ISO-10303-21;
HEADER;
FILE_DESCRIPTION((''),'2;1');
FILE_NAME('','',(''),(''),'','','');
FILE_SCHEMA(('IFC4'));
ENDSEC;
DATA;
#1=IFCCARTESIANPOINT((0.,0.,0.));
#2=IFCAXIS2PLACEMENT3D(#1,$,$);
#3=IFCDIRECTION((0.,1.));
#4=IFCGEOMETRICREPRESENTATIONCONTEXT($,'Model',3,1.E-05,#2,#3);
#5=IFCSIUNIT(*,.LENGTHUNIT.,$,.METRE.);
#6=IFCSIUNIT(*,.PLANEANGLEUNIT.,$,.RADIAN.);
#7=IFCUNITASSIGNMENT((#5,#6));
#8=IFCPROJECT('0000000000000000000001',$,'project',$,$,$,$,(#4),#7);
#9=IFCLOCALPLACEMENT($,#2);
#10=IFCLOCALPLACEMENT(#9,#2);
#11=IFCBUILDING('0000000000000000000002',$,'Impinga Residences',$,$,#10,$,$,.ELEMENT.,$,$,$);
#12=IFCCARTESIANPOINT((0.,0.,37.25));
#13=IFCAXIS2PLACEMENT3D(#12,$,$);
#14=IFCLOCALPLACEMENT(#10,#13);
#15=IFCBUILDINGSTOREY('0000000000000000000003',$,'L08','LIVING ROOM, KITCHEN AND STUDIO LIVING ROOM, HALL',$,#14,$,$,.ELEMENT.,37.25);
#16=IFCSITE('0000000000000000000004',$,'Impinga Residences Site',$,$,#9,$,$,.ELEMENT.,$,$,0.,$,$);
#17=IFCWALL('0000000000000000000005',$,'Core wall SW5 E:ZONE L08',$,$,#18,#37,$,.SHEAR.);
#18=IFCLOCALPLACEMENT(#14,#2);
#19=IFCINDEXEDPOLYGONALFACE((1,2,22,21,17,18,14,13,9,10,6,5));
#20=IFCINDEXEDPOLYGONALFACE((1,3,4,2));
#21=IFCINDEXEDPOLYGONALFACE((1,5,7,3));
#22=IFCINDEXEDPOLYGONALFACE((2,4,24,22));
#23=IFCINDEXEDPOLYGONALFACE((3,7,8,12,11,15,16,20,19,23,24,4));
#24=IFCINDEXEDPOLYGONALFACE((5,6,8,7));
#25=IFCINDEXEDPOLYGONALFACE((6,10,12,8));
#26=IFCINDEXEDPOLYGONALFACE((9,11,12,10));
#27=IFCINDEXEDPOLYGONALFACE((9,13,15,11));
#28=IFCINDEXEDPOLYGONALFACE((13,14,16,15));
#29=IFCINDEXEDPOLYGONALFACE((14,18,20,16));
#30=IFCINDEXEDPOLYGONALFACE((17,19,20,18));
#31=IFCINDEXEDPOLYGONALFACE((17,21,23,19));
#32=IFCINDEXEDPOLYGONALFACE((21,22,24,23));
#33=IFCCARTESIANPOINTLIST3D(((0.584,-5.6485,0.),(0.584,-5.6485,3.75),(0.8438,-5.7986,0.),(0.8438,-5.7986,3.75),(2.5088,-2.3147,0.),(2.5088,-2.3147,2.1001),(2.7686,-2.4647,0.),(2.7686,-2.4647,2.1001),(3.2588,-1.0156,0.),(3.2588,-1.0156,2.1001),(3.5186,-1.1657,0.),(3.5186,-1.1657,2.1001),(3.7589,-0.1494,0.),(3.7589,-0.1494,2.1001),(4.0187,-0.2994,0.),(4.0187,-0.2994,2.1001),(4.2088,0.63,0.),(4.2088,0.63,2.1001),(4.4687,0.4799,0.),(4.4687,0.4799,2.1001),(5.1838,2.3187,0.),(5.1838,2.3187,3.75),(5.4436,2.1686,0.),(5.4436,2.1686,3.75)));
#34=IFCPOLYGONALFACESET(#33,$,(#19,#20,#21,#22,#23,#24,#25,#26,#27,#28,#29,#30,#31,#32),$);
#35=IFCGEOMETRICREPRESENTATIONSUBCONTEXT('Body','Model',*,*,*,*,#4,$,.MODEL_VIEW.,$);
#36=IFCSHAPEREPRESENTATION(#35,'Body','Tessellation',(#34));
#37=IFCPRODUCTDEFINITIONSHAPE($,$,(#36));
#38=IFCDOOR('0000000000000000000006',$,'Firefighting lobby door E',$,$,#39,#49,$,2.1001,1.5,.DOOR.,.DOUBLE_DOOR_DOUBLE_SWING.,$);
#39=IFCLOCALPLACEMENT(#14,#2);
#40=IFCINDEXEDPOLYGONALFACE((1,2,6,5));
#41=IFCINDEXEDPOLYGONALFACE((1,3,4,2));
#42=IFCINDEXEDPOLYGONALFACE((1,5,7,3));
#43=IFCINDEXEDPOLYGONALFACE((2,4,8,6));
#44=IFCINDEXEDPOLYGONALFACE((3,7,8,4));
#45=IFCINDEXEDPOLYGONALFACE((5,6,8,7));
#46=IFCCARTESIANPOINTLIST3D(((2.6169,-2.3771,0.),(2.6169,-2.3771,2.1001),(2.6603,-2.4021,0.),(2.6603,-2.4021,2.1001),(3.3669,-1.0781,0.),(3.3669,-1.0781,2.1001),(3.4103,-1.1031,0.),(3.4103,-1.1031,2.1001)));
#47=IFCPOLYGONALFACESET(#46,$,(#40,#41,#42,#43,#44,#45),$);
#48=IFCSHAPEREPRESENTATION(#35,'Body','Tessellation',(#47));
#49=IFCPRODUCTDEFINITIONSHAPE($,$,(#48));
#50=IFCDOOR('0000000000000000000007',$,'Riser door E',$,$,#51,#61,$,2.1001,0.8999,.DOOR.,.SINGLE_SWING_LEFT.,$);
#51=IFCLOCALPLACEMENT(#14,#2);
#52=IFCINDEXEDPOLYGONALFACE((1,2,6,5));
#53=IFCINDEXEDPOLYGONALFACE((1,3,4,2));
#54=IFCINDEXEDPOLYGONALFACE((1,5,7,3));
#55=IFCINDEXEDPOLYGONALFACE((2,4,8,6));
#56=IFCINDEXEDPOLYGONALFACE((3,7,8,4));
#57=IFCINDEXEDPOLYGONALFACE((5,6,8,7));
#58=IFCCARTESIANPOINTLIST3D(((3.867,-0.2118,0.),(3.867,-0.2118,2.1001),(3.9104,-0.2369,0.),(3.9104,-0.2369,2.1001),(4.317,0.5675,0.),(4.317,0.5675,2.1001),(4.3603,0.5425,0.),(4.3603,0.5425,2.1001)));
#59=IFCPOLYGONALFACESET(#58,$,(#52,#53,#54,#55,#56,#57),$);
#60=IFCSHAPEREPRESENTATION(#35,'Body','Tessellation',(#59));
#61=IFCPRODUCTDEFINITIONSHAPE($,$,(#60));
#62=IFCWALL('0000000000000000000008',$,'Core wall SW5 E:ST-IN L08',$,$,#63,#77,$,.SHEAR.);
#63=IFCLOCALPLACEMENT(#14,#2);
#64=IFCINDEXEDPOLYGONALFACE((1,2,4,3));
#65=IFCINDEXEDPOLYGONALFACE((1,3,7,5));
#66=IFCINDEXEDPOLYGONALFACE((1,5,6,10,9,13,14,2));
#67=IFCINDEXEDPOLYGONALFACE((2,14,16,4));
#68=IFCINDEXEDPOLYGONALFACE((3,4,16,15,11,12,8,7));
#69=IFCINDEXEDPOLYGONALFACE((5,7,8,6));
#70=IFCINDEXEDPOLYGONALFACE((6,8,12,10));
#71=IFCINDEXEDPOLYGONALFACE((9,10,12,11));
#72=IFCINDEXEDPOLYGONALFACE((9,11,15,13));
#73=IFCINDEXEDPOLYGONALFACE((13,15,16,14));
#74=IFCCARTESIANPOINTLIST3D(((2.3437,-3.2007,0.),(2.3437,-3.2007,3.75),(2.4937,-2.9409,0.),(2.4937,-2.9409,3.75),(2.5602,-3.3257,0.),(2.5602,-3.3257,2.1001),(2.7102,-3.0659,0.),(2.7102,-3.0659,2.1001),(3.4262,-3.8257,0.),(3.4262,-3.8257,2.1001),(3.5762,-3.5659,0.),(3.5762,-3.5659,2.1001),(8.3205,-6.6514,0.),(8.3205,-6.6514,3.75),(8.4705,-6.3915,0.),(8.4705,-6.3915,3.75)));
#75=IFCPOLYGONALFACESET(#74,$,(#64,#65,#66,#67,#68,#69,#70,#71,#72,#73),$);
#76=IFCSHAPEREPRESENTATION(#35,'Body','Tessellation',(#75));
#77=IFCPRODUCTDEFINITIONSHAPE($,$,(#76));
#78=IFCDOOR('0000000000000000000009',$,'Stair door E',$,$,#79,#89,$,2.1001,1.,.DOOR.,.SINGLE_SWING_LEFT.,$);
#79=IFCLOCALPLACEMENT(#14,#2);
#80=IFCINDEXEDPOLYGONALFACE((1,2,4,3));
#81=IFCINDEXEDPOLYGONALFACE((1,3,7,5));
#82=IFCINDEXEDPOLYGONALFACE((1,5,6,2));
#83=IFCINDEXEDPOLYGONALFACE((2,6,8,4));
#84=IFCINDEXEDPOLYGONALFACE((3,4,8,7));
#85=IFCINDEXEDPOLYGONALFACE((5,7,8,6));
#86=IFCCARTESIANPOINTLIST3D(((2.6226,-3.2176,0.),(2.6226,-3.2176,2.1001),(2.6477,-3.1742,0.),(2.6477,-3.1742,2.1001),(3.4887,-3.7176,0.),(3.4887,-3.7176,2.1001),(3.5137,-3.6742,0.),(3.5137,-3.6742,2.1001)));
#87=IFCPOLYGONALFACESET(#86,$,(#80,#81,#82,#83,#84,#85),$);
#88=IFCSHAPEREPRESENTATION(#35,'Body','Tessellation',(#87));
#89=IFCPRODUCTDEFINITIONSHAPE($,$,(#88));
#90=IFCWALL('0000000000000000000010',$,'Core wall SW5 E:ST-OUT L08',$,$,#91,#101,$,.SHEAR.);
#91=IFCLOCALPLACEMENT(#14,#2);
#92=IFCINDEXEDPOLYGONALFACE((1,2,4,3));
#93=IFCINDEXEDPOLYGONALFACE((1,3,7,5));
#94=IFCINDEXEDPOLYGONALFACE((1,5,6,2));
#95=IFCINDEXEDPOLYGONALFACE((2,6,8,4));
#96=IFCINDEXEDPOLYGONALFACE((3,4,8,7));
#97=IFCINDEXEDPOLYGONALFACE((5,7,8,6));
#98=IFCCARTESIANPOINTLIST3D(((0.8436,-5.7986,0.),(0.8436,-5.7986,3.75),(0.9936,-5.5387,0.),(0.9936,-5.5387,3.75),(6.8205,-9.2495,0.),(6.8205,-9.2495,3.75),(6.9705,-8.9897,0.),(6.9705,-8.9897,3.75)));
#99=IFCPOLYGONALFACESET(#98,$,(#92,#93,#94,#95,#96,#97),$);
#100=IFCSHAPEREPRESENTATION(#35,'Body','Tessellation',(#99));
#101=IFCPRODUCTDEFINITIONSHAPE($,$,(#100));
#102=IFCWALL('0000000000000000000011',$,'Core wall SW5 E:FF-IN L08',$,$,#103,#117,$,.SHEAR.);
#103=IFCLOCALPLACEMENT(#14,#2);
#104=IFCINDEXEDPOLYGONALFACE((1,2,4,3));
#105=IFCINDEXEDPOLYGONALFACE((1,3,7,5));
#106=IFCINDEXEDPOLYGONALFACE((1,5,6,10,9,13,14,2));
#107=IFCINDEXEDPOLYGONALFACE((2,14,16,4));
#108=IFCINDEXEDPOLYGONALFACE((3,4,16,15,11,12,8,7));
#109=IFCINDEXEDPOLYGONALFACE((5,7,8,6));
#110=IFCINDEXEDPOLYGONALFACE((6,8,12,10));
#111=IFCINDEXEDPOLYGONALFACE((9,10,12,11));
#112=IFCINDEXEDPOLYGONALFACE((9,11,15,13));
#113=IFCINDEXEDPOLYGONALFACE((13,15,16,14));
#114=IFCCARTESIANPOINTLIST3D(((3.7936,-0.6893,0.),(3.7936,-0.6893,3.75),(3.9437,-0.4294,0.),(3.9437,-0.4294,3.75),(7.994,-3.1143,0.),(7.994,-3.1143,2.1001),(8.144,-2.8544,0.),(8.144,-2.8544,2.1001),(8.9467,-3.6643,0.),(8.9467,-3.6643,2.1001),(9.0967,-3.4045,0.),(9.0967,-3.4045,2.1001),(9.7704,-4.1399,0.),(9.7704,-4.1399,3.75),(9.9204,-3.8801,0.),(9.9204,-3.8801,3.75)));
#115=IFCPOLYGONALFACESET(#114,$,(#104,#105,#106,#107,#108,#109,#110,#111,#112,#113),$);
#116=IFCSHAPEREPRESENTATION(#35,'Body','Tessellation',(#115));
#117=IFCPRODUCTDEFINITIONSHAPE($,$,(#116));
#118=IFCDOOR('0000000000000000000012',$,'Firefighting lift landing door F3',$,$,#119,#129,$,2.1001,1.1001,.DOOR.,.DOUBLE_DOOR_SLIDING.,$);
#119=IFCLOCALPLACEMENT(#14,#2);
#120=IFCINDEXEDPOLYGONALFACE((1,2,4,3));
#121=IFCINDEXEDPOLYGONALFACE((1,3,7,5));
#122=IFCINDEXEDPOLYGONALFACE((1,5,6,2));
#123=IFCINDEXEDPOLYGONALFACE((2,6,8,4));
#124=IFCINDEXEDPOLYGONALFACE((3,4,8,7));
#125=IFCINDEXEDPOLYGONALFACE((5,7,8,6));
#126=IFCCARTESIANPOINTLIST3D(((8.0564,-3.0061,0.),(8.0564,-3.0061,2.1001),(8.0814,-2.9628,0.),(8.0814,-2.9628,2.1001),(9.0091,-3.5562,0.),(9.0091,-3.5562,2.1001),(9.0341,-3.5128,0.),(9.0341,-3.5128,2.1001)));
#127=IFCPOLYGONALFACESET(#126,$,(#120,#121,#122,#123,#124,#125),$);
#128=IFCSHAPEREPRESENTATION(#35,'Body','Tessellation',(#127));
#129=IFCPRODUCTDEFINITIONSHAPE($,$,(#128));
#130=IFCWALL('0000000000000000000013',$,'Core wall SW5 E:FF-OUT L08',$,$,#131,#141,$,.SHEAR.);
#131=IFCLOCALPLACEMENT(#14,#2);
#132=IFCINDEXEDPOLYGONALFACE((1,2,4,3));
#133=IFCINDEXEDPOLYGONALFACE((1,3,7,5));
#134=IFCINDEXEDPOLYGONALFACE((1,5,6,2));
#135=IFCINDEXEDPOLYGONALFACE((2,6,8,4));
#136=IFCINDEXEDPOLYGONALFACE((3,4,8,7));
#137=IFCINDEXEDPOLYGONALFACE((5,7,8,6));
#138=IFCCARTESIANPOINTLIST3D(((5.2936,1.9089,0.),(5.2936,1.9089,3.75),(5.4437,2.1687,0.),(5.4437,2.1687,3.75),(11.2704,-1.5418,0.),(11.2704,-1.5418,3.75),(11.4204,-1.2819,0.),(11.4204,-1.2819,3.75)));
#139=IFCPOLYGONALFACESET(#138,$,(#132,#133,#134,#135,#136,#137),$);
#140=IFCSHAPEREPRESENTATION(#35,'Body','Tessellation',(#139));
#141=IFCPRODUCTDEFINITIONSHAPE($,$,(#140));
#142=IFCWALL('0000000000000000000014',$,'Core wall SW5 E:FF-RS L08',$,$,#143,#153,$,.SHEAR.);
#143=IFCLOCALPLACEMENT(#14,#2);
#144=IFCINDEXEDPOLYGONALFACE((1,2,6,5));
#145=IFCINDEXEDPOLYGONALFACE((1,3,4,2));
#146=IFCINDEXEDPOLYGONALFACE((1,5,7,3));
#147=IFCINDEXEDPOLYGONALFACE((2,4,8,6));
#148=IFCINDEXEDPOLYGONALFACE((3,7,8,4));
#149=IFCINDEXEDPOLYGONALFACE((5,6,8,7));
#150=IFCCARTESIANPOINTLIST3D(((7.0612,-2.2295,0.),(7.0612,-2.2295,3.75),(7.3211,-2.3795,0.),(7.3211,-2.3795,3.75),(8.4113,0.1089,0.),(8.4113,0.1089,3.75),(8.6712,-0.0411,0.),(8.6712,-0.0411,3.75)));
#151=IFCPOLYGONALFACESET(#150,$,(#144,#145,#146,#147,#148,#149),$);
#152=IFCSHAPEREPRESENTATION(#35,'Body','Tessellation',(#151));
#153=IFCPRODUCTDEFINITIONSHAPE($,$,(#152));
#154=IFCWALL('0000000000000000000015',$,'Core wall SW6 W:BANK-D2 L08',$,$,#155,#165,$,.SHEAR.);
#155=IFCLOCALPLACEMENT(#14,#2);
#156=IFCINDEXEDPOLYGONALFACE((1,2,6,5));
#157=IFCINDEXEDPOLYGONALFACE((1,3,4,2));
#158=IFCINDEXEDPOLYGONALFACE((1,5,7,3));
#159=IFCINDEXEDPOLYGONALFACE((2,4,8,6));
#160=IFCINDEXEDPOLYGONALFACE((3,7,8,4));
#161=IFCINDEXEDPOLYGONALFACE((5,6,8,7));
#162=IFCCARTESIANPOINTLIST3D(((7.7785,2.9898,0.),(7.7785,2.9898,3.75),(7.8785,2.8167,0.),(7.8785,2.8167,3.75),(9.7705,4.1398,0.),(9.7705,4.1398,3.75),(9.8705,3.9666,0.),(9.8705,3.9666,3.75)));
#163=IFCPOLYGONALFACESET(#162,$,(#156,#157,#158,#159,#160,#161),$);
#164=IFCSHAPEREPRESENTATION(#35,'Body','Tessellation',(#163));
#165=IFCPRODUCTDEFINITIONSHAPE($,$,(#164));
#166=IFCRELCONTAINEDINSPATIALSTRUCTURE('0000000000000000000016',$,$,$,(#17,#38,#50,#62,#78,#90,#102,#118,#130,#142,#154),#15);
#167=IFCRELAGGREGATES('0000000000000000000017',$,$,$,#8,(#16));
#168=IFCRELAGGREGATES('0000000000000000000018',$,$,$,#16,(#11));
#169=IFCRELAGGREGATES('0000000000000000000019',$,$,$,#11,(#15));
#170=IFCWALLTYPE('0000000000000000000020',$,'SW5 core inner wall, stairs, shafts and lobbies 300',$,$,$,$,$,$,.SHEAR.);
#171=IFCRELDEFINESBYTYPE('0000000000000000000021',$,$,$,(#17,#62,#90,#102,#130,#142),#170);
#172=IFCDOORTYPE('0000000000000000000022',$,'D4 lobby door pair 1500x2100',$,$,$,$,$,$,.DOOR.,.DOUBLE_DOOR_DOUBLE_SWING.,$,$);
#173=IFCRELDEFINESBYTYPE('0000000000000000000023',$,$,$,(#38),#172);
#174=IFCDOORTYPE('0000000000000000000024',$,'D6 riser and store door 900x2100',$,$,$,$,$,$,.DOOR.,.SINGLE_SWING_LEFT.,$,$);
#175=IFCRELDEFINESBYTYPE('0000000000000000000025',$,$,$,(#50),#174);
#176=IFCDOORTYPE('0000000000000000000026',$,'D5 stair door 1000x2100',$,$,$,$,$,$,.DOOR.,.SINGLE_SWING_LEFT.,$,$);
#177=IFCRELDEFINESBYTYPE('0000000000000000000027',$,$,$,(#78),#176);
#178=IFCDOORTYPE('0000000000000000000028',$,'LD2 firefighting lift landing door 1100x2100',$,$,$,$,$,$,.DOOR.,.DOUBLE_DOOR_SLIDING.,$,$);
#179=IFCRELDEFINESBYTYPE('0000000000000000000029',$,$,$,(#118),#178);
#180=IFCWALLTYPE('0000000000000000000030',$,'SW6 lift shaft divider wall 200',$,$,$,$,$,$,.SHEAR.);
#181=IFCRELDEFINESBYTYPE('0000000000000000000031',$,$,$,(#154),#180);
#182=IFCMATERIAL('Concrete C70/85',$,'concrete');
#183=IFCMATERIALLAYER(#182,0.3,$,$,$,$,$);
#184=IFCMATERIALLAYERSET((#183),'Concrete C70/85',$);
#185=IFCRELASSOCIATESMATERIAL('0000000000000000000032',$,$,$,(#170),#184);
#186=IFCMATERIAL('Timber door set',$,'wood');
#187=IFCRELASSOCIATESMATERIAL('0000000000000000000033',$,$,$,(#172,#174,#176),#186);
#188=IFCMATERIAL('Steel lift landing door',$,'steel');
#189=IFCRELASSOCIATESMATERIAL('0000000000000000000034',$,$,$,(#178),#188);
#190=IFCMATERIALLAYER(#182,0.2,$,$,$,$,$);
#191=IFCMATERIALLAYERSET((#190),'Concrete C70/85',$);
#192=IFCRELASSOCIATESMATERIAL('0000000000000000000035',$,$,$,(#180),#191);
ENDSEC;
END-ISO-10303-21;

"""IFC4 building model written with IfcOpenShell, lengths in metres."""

from ifc_helpers import new_model, si_unit, direction, frame, frame_2d, origin, place, context, subcontext, project, spatial, rectangle, extrude, material, layer, layer_set, type_object, element, fill, save


model = new_model("IFC4")

# Units and contexts
model_context = context("Model", 3, precision=1e-05, world=origin(), true_north=direction((0.0, 1.0)))
body_context = subcontext(model_context, "Body", "Model", "MODEL_VIEW")
ifc_project = project(units=[si_unit("LENGTHUNIT", "METRE"), si_unit("PLANEANGLEUNIT", "RADIAN")], contexts=[model_context])

# Site, building, storey
site_placement = place(None, origin())
site = spatial("IfcSite", under=ifc_project, at=site_placement, Name="Impinga Residences Site", CompositionType="ELEMENT", RefElevation=0.0)
building_placement = place(site_placement, origin())
building = spatial("IfcBuilding", under=site, at=building_placement, Name="Impinga Residences", CompositionType="ELEMENT")
storey_placement = place(building_placement, frame((0.0, 0.0, 37.25)))
storey = spatial("IfcBuildingStorey", under=building, at=storey_placement, Name="L08", Description="LIVING ROOM, KITCHEN AND STUDIO LIVING ROOM, HALL", CompositionType="ELEMENT", Elevation=37.25)

# Wall, openings, doors
ifc_material_1 = material(Name="Concrete C70/85", Category="concrete")
ifc_layer_1 = layer(ifc_material_1, 0.3)
ifc_layer_set_1 = layer_set([ifc_layer_1], Name="Concrete C70/85")
wall_type_1 = type_object("IfcWallType", Name="SW5 core inner wall, stairs, shafts and lobbies 300", PredefinedType="SHEAR", material=ifc_layer_set_1)
wall_1_placement = place(storey_placement, frame((5.3137, 2.2437, 0.0), z_axis=(0.0, 0.0, 1.0), x_axis=(-0.499995, -0.866028, 0.0)))
wall_1 = element("IfcWall", 1, at=wall_1_placement, inside=storey, type_object=wall_type_1, Name="Core wall SW5 E:ZONE L08", PredefinedType="SHEAR", context=body_context, shape_type="SweptSolid", body=[
    extrude(rectangle(XDim=9.1997, YDim=0.3, at=frame_2d((4.5999, 0.0))), origin(), (0.0, 0.0, 1.0), 3.75),
])
opening_1_placement = place(wall_1_placement, frame((3.8501, 0.0, 0.0)))
opening_1 = element("IfcOpeningElement", 2, at=opening_1_placement, cuts=wall_1, PredefinedType="OPENING", context=body_context, shape_type="SweptSolid", body=[
    extrude(rectangle(XDim=1.5, YDim=2.1001, at=frame_2d((0.75, 1.05))), frame((0.0, 0.1599, 0.0), z_axis=(0.0, -1.0, 0.0), x_axis=(1.0, 0.0, 0.0)), (0.0, 0.0, 1.0), 0.3201),
])
opening_2_placement = place(wall_1_placement, frame((1.95, 0.0, 0.0)))
opening_2 = element("IfcOpeningElement", 3, at=opening_2_placement, cuts=wall_1, PredefinedType="OPENING", context=body_context, shape_type="SweptSolid", body=[
    extrude(rectangle(XDim=0.8999, YDim=2.1001, at=frame_2d((0.45, 1.05))), frame((0.0, 0.1599, 0.0), z_axis=(0.0, -1.0, 0.0), x_axis=(1.0, 0.0, 0.0)), (0.0, 0.0, 1.0), 0.3201),
])
ifc_material_2 = material(Name="Timber door set", Category="wood")
door_type_1 = type_object("IfcDoorType", Name="D4 lobby door pair 1500x2100", OperationType="DOUBLE_DOOR_DOUBLE_SWING", PredefinedType="DOOR", material=ifc_material_2)
door_1_placement = place(opening_1_placement, origin())
door_1 = element("IfcDoor", 4, at=door_1_placement, inside=storey, type_object=door_type_1, Name="Firefighting lobby door E", OperationType="DOUBLE_DOOR_DOUBLE_SWING", OverallHeight=2.1001, OverallWidth=1.5, PredefinedType="DOOR", context=body_context, shape_type="SweptSolid", body=[
    extrude(rectangle(XDim=1.5, YDim=2.1001, at=frame_2d((0.75, 1.05))), frame((0.0, 0.0249, 0.0), z_axis=(0.0, -1.0, 0.0), x_axis=(1.0, 0.0, 0.0)), (0.0, 0.0, 1.0), 0.05),
])
fill(opening_1, door_1)
door_type_2 = type_object("IfcDoorType", Name="D6 riser and store door 900x2100", OperationType="SINGLE_SWING_LEFT", PredefinedType="DOOR", material=ifc_material_2)
door_2_placement = place(opening_2_placement, origin())
door_2 = element("IfcDoor", 5, at=door_2_placement, inside=storey, type_object=door_type_2, Name="Riser door E", OperationType="SINGLE_SWING_LEFT", OverallHeight=2.1001, OverallWidth=0.8999, PredefinedType="DOOR", context=body_context, shape_type="SweptSolid", body=[
    extrude(rectangle(XDim=0.8999, YDim=2.1001, at=frame_2d((0.45, 1.05))), frame((0.0, 0.0249, 0.0), z_axis=(0.0, -1.0, 0.0), x_axis=(1.0, 0.0, 0.0)), (0.0, 0.0, 1.0), 0.05),
])
fill(opening_2, door_2)

# Wall, opening, door
wall_2_placement = place(storey_placement, frame((2.4187, -3.0708, 0.0), z_axis=(0.0, 0.0, 1.0), x_axis=(0.866027, -0.499997, 0.0)))
wall_2 = element("IfcWall", 6, at=wall_2_placement, inside=storey, type_object=wall_type_1, Name="Core wall SW5 E:ST-IN L08", PredefinedType="SHEAR", context=body_context, shape_type="SweptSolid", body=[
    extrude(rectangle(XDim=6.9014, YDim=0.3, at=frame_2d((3.4507, 0.0))), origin(), (0.0, 0.0, 1.0), 3.75),
])
opening_3_placement = place(wall_2_placement, frame((0.25, 0.0, 0.0)))
opening_3 = element("IfcOpeningElement", 7, at=opening_3_placement, cuts=wall_2, PredefinedType="OPENING", context=body_context, shape_type="SweptSolid", body=[
    extrude(rectangle(XDim=1.0, YDim=2.1001, at=frame_2d((0.5, 1.05))), frame((0.0, 0.1599, 0.0), z_axis=(0.0, -1.0, 0.0), x_axis=(1.0, 0.0, 0.0)), (0.0, 0.0, 1.0), 0.3201),
])
door_type_3 = type_object("IfcDoorType", Name="D5 stair door 1000x2100", OperationType="SINGLE_SWING_LEFT", PredefinedType="DOOR", material=ifc_material_2)
door_3_placement = place(opening_3_placement, origin())
door_3 = element("IfcDoor", 8, at=door_3_placement, inside=storey, type_object=door_type_3, Name="Stair door E", OperationType="SINGLE_SWING_LEFT", OverallHeight=2.1001, OverallWidth=1.0, PredefinedType="DOOR", context=body_context, shape_type="SweptSolid", body=[
    extrude(rectangle(XDim=1.0, YDim=2.1001, at=frame_2d((0.5, 1.05))), frame((0.0, 0.0249, 0.0), z_axis=(0.0, -1.0, 0.0), x_axis=(1.0, 0.0, 0.0)), (0.0, 0.0, 1.0), 0.05),
])
fill(opening_3, door_3)

# Wall
wall_3_placement = place(storey_placement, frame((0.9187, -5.6687, 0.0), z_axis=(0.0, 0.0, 1.0), x_axis=(0.866012, -0.500024, 0.0)))
element("IfcWall", 9, at=wall_3_placement, inside=storey, type_object=wall_type_1, Name="Core wall SW5 E:ST-OUT L08", PredefinedType="SHEAR", context=body_context, shape_type="SweptSolid", body=[
    extrude(rectangle(XDim=6.9016, YDim=0.3, at=frame_2d((3.4507, 0.0))), origin(), (0.0, 0.0, 1.0), 3.75),
])

# Wall, opening, door
wall_4_placement = place(storey_placement, frame((3.8687, -0.5593, 0.0), z_axis=(0.0, 0.0, 1.0), x_axis=(0.866027, -0.499997, 0.0)))
wall_4 = element("IfcWall", 10, at=wall_4_placement, inside=storey, type_object=wall_type_1, Name="Core wall SW5 E:FF-IN L08", PredefinedType="SHEAR", context=body_context, shape_type="SweptSolid", body=[
    extrude(rectangle(XDim=6.9014, YDim=0.3, at=frame_2d((3.4507, 0.0))), origin(), (0.0, 0.0, 1.0), 3.75),
])
opening_4_placement = place(wall_4_placement, frame((4.8501, 0.0, 0.0)))
opening_4 = element("IfcOpeningElement", 11, at=opening_4_placement, cuts=wall_4, PredefinedType="OPENING", context=body_context, shape_type="SweptSolid", body=[
    extrude(rectangle(XDim=1.1001, YDim=2.1001, at=frame_2d((0.55, 1.05))), frame((0.0, 0.1599, 0.0), z_axis=(0.0, -1.0, 0.0), x_axis=(1.0, 0.0, 0.0)), (0.0, 0.0, 1.0), 0.3201),
])
ifc_material_3 = material(Name="Steel lift landing door", Category="steel")
door_type_4 = type_object("IfcDoorType", Name="LD2 firefighting lift landing door 1100x2100", OperationType="DOUBLE_DOOR_SLIDING", PredefinedType="DOOR", material=ifc_material_3)
door_4_placement = place(opening_4_placement, origin())
door_4 = element("IfcDoor", 12, at=door_4_placement, inside=storey, type_object=door_type_4, Name="Firefighting lift landing door F3", OperationType="DOUBLE_DOOR_SLIDING", OverallHeight=2.1001, OverallWidth=1.1001, PredefinedType="DOOR", context=body_context, shape_type="SweptSolid", body=[
    extrude(rectangle(XDim=1.1001, YDim=2.1001, at=frame_2d((0.55, 1.05))), frame((0.0, 0.0249, 0.0), z_axis=(0.0, -1.0, 0.0), x_axis=(1.0, 0.0, 0.0)), (0.0, 0.0, 1.0), 0.05),
])
fill(opening_4, door_4)

# Walls
wall_5_placement = place(storey_placement, frame((5.3687, 2.0388, 0.0), z_axis=(0.0, 0.0, 1.0), x_axis=(0.866027, -0.499997, 0.0)))
element("IfcWall", 13, at=wall_5_placement, inside=storey, type_object=wall_type_1, Name="Core wall SW5 E:FF-OUT L08", PredefinedType="SHEAR", context=body_context, shape_type="SweptSolid", body=[
    extrude(rectangle(XDim=6.9014, YDim=0.3, at=frame_2d((3.4507, 0.0))), origin(), (0.0, 0.0, 1.0), 3.75),
])
wall_6_placement = place(storey_placement, frame((8.5413, 0.0339, 0.0), z_axis=(0.0, 0.0, 1.0), x_axis=(-0.500009, -0.86602, 0.0)))
element("IfcWall", 14, at=wall_6_placement, inside=storey, type_object=wall_type_1, Name="Core wall SW5 E:FF-RS L08", PredefinedType="SHEAR", context=body_context, shape_type="SweptSolid", body=[
    extrude(rectangle(XDim=2.7002, YDim=0.3, at=frame_2d((1.3501, 0.0))), origin(), (0.0, 0.0, 1.0), 3.75),
])
ifc_layer_2 = layer(ifc_material_1, 0.2)
ifc_layer_set_2 = layer_set([ifc_layer_2], Name="Concrete C70/85")
wall_type_2 = type_object("IfcWallType", Name="SW6 lift shaft divider wall 200", PredefinedType="SHEAR", material=ifc_layer_set_2)
wall_7_placement = place(storey_placement, frame((7.8286, 2.9033, 0.0), z_axis=(0.0, 0.0, 1.0), x_axis=(0.866053, 0.499952, 0.0)))
element("IfcWall", 15, at=wall_7_placement, inside=storey, type_object=wall_type_2, Name="Core wall SW6 W:BANK-D2 L08", PredefinedType="SHEAR", context=body_context, shape_type="SweptSolid", body=[
    extrude(rectangle(XDim=2.3, YDim=0.2, at=frame_2d((1.1499, 0.0))), origin(), (0.0, 0.0, 1.0), 3.75),
])

save(model, "model.ifc")
